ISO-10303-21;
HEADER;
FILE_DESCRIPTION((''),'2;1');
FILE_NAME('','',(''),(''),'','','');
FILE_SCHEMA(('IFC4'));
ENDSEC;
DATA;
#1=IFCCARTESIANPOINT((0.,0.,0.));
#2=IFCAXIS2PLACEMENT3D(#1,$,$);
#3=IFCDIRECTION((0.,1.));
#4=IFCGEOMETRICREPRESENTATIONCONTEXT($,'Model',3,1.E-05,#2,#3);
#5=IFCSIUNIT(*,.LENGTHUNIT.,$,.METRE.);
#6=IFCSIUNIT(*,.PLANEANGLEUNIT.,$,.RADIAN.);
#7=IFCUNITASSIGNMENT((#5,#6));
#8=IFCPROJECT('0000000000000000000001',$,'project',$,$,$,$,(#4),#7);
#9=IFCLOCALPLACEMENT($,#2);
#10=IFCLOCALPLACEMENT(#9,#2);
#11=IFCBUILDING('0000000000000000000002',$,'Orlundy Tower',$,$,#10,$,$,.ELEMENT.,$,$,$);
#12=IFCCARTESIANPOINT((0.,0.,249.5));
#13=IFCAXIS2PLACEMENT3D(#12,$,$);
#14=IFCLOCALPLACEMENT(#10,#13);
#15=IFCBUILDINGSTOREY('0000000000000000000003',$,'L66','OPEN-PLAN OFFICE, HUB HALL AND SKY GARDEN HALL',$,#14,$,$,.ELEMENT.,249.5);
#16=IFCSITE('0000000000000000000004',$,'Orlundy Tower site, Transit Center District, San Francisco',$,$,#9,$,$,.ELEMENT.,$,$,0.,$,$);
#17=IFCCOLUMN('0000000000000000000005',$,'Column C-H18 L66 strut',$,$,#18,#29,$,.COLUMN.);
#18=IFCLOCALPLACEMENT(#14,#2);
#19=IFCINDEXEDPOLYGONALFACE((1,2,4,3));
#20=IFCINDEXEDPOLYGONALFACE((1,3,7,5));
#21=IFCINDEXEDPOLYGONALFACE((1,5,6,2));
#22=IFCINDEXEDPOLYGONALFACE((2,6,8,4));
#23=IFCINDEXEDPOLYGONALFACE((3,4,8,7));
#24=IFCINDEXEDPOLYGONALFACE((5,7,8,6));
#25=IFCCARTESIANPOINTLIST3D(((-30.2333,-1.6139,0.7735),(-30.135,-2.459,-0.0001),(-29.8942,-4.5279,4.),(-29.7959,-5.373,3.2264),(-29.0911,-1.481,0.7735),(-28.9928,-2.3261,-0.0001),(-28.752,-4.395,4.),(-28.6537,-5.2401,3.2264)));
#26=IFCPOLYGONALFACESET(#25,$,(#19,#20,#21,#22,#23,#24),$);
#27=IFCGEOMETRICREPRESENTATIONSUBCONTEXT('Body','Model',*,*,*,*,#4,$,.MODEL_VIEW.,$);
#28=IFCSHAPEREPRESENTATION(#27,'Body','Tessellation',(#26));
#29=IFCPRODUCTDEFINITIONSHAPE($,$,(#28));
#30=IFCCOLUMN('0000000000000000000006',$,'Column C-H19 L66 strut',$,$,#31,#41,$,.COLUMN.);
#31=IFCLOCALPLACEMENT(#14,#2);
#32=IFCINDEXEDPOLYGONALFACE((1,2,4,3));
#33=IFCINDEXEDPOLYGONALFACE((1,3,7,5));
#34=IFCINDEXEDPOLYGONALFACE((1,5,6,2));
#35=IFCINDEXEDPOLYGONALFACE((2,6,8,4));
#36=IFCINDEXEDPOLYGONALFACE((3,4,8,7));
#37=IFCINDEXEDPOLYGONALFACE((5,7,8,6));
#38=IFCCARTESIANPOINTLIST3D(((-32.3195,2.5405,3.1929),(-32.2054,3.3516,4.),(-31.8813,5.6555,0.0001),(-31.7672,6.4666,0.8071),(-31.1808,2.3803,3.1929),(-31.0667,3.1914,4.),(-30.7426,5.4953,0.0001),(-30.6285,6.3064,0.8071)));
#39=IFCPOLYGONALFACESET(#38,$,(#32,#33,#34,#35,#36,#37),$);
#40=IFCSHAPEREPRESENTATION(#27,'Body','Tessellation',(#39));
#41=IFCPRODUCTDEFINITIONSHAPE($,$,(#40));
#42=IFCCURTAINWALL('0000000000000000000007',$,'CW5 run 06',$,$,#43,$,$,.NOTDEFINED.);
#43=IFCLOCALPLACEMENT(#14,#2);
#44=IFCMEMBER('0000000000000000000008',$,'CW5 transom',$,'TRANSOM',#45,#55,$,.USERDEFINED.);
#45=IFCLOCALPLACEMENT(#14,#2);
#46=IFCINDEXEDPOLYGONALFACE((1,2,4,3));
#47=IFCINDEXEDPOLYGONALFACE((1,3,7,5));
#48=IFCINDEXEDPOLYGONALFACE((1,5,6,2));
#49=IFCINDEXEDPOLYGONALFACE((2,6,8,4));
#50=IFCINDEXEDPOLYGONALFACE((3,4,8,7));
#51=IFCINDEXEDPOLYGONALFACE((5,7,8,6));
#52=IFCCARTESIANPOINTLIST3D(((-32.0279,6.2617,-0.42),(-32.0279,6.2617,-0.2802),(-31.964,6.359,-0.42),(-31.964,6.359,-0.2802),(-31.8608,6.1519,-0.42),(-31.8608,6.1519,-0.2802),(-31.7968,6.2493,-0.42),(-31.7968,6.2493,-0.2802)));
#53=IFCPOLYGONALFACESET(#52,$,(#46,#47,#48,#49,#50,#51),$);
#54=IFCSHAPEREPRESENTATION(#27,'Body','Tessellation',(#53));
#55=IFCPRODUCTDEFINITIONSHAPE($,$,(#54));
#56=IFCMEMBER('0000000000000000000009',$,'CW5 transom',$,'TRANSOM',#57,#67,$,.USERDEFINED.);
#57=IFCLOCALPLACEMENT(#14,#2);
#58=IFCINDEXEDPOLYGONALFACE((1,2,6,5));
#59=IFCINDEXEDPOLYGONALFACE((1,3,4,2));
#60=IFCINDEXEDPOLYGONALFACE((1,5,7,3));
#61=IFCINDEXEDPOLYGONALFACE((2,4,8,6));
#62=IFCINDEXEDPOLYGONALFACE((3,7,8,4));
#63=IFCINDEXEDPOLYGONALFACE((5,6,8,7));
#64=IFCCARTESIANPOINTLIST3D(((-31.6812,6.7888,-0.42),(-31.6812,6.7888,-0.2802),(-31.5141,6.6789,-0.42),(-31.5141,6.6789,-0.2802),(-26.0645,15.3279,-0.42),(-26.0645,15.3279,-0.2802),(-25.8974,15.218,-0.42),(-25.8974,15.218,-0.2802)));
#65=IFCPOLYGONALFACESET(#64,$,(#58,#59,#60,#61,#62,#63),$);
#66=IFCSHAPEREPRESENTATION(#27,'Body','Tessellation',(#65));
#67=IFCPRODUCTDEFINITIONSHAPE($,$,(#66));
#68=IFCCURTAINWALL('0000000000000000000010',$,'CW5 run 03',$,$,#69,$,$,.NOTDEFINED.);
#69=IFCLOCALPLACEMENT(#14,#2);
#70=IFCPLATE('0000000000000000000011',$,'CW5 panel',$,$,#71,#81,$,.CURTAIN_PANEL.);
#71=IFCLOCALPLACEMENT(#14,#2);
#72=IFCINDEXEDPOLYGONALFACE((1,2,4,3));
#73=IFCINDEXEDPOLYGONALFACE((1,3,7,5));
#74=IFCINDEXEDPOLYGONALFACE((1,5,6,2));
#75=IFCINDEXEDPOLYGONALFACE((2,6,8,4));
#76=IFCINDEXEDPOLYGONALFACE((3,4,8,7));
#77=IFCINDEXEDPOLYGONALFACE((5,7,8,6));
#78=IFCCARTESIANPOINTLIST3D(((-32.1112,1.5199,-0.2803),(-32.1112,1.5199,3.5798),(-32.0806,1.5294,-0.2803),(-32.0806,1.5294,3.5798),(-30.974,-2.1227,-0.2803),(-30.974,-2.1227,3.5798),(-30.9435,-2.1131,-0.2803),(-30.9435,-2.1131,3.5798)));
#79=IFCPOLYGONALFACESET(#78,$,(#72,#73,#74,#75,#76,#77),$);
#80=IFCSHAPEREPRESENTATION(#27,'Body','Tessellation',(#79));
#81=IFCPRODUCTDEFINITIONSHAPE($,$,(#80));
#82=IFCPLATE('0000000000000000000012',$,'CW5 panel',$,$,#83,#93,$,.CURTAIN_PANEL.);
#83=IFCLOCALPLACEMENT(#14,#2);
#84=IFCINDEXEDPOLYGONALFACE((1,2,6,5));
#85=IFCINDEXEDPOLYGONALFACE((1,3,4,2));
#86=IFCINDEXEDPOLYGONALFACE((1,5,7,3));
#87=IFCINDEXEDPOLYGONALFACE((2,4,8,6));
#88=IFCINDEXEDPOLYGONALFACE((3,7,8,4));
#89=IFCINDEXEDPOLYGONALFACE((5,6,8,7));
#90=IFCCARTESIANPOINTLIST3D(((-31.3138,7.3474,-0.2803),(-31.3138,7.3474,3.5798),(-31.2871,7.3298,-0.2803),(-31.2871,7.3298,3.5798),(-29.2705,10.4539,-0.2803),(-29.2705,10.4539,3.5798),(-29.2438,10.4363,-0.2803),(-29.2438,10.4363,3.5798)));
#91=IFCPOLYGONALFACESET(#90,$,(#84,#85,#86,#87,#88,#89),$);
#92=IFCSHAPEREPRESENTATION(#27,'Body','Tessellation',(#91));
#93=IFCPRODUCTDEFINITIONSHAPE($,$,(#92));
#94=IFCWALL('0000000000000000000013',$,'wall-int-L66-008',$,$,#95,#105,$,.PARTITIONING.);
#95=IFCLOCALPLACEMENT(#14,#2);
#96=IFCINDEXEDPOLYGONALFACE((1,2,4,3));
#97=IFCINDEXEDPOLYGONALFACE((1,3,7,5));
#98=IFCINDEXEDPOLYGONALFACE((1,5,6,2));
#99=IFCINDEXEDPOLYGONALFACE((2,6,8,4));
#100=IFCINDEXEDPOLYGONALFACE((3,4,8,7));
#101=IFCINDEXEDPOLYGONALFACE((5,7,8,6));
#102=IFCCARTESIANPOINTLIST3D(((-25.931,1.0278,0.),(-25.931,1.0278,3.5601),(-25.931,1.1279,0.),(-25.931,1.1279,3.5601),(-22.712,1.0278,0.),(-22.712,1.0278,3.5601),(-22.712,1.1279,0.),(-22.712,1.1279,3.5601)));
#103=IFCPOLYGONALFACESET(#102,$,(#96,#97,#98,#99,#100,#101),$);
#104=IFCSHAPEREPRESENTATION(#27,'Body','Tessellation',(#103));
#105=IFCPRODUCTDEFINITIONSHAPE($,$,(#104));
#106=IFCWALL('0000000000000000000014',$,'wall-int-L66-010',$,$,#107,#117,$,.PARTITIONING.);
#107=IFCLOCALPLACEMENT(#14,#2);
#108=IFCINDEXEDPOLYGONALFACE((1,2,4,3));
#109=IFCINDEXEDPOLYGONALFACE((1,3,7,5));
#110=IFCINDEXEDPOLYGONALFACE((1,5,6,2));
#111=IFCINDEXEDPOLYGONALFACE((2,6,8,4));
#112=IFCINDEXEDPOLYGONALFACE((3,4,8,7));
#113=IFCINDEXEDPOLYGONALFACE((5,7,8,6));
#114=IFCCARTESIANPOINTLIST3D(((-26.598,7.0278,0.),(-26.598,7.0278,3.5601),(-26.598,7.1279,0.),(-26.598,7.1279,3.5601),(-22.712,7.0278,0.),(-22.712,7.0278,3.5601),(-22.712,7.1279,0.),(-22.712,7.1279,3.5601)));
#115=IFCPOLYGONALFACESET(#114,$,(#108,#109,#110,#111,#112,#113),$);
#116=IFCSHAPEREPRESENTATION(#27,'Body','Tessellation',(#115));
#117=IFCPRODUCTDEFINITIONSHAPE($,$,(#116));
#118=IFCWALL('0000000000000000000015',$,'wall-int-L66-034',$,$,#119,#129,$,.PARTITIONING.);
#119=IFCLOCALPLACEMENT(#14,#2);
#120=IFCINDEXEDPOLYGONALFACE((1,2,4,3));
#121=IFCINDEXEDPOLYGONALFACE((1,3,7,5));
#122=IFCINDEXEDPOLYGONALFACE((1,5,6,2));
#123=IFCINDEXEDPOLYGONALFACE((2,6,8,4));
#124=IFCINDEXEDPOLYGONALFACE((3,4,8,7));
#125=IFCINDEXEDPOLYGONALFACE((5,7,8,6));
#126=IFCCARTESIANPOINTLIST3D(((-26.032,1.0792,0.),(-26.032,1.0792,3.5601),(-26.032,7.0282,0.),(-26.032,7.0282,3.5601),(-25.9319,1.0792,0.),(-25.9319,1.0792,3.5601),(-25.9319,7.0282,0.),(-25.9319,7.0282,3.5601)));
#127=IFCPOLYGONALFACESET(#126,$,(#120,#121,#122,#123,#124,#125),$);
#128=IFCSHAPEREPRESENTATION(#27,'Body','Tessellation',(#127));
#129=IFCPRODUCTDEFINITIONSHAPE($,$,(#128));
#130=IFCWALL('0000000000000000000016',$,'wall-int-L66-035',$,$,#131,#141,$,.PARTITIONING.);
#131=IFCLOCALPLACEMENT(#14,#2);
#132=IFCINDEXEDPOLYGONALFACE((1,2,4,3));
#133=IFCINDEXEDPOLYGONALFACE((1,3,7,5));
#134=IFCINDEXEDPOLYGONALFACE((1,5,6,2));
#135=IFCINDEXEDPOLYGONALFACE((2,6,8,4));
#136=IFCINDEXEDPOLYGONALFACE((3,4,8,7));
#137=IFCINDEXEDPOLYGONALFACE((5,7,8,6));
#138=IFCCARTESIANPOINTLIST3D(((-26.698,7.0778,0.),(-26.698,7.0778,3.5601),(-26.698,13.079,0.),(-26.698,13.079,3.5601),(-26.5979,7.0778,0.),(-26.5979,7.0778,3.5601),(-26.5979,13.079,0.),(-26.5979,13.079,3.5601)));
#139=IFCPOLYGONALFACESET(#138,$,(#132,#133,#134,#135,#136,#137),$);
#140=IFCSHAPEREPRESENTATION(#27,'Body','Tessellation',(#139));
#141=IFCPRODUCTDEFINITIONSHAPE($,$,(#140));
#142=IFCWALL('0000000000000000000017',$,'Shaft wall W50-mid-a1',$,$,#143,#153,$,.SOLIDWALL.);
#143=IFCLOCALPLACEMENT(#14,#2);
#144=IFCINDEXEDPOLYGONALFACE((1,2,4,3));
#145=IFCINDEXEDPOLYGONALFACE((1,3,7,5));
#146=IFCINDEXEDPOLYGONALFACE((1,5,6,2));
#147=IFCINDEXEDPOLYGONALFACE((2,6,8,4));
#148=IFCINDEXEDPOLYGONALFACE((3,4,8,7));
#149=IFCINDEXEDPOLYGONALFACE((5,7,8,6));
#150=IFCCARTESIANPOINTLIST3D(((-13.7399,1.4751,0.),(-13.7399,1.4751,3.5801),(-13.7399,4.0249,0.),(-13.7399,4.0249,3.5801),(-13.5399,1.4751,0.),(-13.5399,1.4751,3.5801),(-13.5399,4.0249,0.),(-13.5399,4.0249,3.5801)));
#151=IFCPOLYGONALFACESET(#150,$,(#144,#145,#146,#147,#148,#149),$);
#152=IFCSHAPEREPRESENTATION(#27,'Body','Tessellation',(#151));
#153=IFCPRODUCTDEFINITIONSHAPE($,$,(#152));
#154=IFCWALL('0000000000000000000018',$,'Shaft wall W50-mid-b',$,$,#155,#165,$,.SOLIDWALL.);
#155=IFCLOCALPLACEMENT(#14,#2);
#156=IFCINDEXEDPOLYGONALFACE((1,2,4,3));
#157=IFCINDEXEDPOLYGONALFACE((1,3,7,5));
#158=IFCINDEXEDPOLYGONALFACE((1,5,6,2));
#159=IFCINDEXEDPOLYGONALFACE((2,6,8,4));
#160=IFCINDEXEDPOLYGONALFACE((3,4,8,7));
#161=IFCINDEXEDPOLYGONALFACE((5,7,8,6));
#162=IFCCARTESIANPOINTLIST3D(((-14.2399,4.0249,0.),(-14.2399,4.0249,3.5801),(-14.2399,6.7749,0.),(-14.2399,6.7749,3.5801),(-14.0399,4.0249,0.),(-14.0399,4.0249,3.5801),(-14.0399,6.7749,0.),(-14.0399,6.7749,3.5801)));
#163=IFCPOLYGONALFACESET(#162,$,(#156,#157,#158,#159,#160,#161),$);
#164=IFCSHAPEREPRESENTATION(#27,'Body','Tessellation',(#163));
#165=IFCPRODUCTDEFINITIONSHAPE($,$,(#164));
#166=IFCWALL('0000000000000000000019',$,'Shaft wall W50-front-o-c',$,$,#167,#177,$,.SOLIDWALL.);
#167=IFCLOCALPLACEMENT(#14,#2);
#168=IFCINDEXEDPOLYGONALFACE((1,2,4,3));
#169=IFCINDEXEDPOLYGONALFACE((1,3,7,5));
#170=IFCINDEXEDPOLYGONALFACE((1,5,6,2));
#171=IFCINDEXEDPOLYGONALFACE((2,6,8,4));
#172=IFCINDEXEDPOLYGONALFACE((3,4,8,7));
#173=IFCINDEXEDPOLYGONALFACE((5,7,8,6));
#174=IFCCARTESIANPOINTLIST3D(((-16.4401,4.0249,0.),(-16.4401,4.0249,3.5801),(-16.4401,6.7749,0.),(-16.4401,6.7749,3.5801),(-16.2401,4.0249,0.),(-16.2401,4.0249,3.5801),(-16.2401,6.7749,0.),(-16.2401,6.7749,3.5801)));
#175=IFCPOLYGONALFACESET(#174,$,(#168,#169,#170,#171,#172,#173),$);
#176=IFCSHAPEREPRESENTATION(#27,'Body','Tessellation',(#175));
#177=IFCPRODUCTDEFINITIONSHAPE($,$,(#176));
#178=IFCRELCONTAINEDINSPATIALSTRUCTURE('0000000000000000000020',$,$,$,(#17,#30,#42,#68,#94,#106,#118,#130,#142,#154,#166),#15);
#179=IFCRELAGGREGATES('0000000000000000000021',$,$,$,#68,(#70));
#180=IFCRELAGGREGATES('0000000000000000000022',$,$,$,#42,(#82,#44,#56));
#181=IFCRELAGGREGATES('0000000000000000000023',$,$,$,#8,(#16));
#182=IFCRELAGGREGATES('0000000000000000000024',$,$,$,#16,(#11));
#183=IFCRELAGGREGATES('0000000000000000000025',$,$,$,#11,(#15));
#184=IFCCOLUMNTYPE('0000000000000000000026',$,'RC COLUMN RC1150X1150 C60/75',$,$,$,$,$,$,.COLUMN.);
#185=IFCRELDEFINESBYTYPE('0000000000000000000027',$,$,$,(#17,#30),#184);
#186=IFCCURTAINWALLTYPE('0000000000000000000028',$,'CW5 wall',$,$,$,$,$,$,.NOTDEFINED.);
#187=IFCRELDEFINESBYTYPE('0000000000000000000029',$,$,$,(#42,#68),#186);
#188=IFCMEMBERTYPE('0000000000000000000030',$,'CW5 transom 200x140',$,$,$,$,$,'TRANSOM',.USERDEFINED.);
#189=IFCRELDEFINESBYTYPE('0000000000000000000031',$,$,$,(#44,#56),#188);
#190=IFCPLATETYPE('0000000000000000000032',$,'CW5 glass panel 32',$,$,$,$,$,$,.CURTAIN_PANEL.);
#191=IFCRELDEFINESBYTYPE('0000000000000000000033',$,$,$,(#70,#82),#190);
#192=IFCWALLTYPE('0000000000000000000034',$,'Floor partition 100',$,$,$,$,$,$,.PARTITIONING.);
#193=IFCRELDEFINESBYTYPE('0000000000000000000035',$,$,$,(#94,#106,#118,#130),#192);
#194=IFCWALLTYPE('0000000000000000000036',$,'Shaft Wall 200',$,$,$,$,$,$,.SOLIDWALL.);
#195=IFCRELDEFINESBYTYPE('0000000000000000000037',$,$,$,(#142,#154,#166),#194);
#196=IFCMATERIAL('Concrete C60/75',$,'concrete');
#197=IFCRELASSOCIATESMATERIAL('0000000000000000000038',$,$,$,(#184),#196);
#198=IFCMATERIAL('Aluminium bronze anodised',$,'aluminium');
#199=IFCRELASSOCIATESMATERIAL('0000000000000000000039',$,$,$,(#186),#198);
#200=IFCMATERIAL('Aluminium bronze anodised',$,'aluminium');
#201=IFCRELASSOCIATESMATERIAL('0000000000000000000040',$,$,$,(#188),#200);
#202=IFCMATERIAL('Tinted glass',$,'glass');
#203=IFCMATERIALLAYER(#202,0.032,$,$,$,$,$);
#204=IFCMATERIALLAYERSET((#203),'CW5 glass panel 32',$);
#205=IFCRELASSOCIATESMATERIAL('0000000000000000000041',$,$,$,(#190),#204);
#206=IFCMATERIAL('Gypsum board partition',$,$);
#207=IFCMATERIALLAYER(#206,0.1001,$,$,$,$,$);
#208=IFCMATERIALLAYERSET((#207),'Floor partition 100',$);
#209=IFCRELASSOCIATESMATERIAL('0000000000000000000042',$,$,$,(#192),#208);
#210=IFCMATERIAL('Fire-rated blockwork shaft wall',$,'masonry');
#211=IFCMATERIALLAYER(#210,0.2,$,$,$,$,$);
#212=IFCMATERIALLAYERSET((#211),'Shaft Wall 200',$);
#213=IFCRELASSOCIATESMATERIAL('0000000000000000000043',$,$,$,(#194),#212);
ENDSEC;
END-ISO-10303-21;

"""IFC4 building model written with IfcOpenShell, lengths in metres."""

from ifc_helpers import new_model, si_unit, direction, frame, frame_2d, origin, origin_2d, place, context, subcontext, project, spatial, rectangle, extrude, material, layer, layer_set, material_profile, profile_set, type_object, element, aggregate, save


model = new_model("IFC4")

# Units and contexts
model_context = context("Model", 3, precision=1e-05, world=origin(), true_north=direction((0.0, 1.0)))
body_context = subcontext(model_context, "Body", "Model", "MODEL_VIEW")
ifc_project = project(units=[si_unit("LENGTHUNIT", "METRE"), si_unit("PLANEANGLEUNIT", "RADIAN")], contexts=[model_context])

# Site, building, storey
site_placement = place(None, origin())
site = spatial("IfcSite", under=ifc_project, at=site_placement, Name="Orlundy Tower site, Transit Center District, San Francisco", CompositionType="ELEMENT", RefElevation=0.0)
building_placement = place(site_placement, origin())
building = spatial("IfcBuilding", under=site, at=building_placement, Name="Orlundy Tower", CompositionType="ELEMENT")
storey_placement = place(building_placement, frame((0.0, 0.0, 249.5)))
storey = spatial("IfcBuildingStorey", under=building, at=storey_placement, Name="L66", Description="OPEN-PLAN OFFICE, HUB HALL AND SKY GARDEN HALL", CompositionType="ELEMENT", Elevation=249.5)

# Columns
ifc_material_1 = material(Name="Concrete C60/75", Category="concrete")
ifc_material_profile_1 = material_profile(ifc_material_1, rectangle(XDim=1.1499, YDim=1.1499, at=origin_2d()), Name="RC1150X1150")
ifc_profile_set_1 = profile_set([ifc_material_profile_1], Name="Concrete C60/75")
column_type = type_object("IfcColumnType", Name="RC COLUMN RC1150X1150 C60/75", PredefinedType="COLUMN", material=ifc_profile_set_1)
column_1_placement = place(storey_placement, frame((-29.613, -1.97, 0.3867), z_axis=(0.077762, -0.668225, 0.739884), x_axis=(0.993297, 0.115591, 0.0)))
element("IfcColumn", 1, at=column_1_placement, inside=storey, type_object=column_type, Name="Column C-H18 L66 strut", PredefinedType="COLUMN", context=body_context, shape_type="SweptSolid", body=[
    extrude(rectangle(XDim=1.1499, YDim=1.1499, at=origin_2d()), origin(), (0.0, 0.0, 1.0), 4.3608),
])
column_2_placement = place(storey_placement, frame((-31.2549, 5.981, 0.4036), z_axis=(-0.097773, -0.694977, 0.712353), x_axis=(0.990248, -0.139313, 0.0)))
element("IfcColumn", 2, at=column_2_placement, inside=storey, type_object=column_type, Name="Column C-H19 L66 strut", PredefinedType="COLUMN", context=body_context, shape_type="SweptSolid", body=[
    extrude(rectangle(XDim=1.1499, YDim=1.1499, at=origin_2d()), origin(), (0.0, 0.0, 1.0), 4.4822),
])

# Curtain wall, members
ifc_material_2 = material(Name="Aluminium bronze anodised", Category="aluminium")
curtain_wall_type = type_object("IfcCurtainWallType", Name="CW5 wall", PredefinedType="NOTDEFINED", material=ifc_material_2)
curtain_wall_1_placement = place(storey_placement, origin())
curtain_wall_1 = element("IfcCurtainWall", 3, at=curtain_wall_1_placement, inside=storey, type_object=curtain_wall_type, Name="CW5 run 06", PredefinedType="NOTDEFINED")
ifc_material_3 = material(Name="Aluminium bronze anodised", Category="aluminium")
ifc_material_profile_2 = material_profile(ifc_material_3, rectangle(XDim=0.2, YDim=0.1399, at=origin_2d()), Name="CW5 transom 200x140")
ifc_profile_set_2 = profile_set([ifc_material_profile_2], Name="Aluminium bronze anodised")
member_type = type_object("IfcMemberType", Name="CW5 transom 200x140", ElementType="TRANSOM", PredefinedType="USERDEFINED", material=ifc_profile_set_2)
member_1_placement = place(storey_placement, frame((-31.9443, 6.2068, -0.3501), z_axis=(0.548885, 0.835898, 0.0), x_axis=(-0.835898, 0.548885, 0.0)))
member_1 = element("IfcMember", 4, at=member_1_placement, type_object=member_type, Name="CW5 transom", ObjectType="TRANSOM", PredefinedType="USERDEFINED", context=body_context, shape_type="SweptSolid", body=[
    extrude(rectangle(XDim=0.2, YDim=0.1399, at=origin_2d()), origin(), (0.0, 0.0, 1.0), 0.1165),
])
member_2_placement = place(storey_placement, frame((-31.5977, 6.7339, -0.3501), z_axis=(0.549541, 0.835467, 0.0), x_axis=(-0.835467, 0.549541, 0.0)))
member_2 = element("IfcMember", 5, at=member_2_placement, type_object=member_type, Name="CW5 transom", ObjectType="TRANSOM", PredefinedType="USERDEFINED", context=body_context, shape_type="SweptSolid", body=[
    extrude(rectangle(XDim=0.2, YDim=0.1399, at=origin_2d()), origin(), (0.0, 0.0, 1.0), 10.2207),
])

# Curtain wall, plate
curtain_wall_2_placement = place(storey_placement, origin())
curtain_wall_2 = element("IfcCurtainWall", 6, at=curtain_wall_2_placement, inside=storey, type_object=curtain_wall_type, Name="CW5 run 03", PredefinedType="NOTDEFINED")
ifc_material_4 = material(Name="Tinted glass", Category="glass")
ifc_layer_1 = layer(ifc_material_4, 0.032)
ifc_layer_set_1 = layer_set([ifc_layer_1], Name="CW5 glass panel 32")
plate_type = type_object("IfcPlateType", Name="CW5 glass panel 32", PredefinedType="CURTAIN_PANEL", material=ifc_layer_set_1)
plate_1_placement = place(storey_placement, frame((-31.5273, -0.2966, -0.2803), z_axis=(0.0, 0.0, 1.0), x_axis=(-0.297994, 0.954568, 0.0)))
plate_1 = element("IfcPlate", 7, at=plate_1_placement, type_object=plate_type, Name="CW5 panel", PredefinedType="CURTAIN_PANEL", context=body_context, shape_type="SweptSolid", body=[
    extrude(rectangle(XDim=3.8159, YDim=0.032, at=origin_2d()), origin(), (0.0, 0.0, 1.0), 3.8601),
])
aggregate(curtain_wall_2, [plate_1])

# Plate
plate_2_placement = place(storey_placement, frame((-30.2788, 8.8918, -0.2803), z_axis=(0.0, 0.0, 1.0), x_axis=(0.549543, 0.835466, 0.0)))
plate_2 = element("IfcPlate", 8, at=plate_2_placement, type_object=plate_type, Name="CW5 panel", PredefinedType="CURTAIN_PANEL", context=body_context, shape_type="SweptSolid", body=[
    extrude(rectangle(XDim=3.7183, YDim=0.032, at=origin_2d()), origin(), (0.0, 0.0, 1.0), 3.8601),
])
aggregate(curtain_wall_1, [plate_2, member_1, member_2])

# Walls
ifc_material_5 = material(Name="Gypsum board partition")
ifc_layer_2 = layer(ifc_material_5, 0.1001)
ifc_layer_set_2 = layer_set([ifc_layer_2], Name="Floor partition 100")
wall_type_1 = type_object("IfcWallType", Name="Floor partition 100", PredefinedType="PARTITIONING", material=ifc_layer_set_2)
wall_1_placement = place(storey_placement, frame((-25.9309, 1.0779, 0.0), z_axis=(0.0, 0.0, 1.0), x_axis=(1.0, 0.0, 0.0)))
element("IfcWall", 9, at=wall_1_placement, inside=storey, type_object=wall_type_1, Name="wall-int-L66-008", PredefinedType="PARTITIONING", context=body_context, shape_type="SweptSolid", body=[
    extrude(rectangle(XDim=3.219, YDim=0.1001, at=frame_2d((1.6094, 0.0))), origin(), (0.0, 0.0, 1.0), 3.5601),
])
wall_2_placement = place(storey_placement, frame((-26.5979, 7.0779, 0.0), z_axis=(0.0, 0.0, 1.0), x_axis=(1.0, 0.0, 0.0)))
element("IfcWall", 10, at=wall_2_placement, inside=storey, type_object=wall_type_1, Name="wall-int-L66-010", PredefinedType="PARTITIONING", context=body_context, shape_type="SweptSolid", body=[
    extrude(rectangle(XDim=3.886, YDim=0.1001, at=frame_2d((1.9429, 0.0))), origin(), (0.0, 0.0, 1.0), 3.5601),
])
wall_3_placement = place(storey_placement, frame((-25.9819, 1.0791, 0.0), z_axis=(0.0, 0.0, 1.0), x_axis=(0.0, 1.0, 0.0)))
element("IfcWall", 11, at=wall_3_placement, inside=storey, type_object=wall_type_1, Name="wall-int-L66-034", PredefinedType="PARTITIONING", context=body_context, shape_type="SweptSolid", body=[
    extrude(rectangle(XDim=5.949, YDim=0.1001, at=frame_2d((2.9746, 0.0))), origin(), (0.0, 0.0, 1.0), 3.5601),
])
wall_4_placement = place(storey_placement, frame((-26.6479, 7.0779, 0.0), z_axis=(0.0, 0.0, 1.0), x_axis=(0.0, 1.0, 0.0)))
element("IfcWall", 12, at=wall_4_placement, inside=storey, type_object=wall_type_1, Name="wall-int-L66-035", PredefinedType="PARTITIONING", context=body_context, shape_type="SweptSolid", body=[
    extrude(rectangle(XDim=6.0012, YDim=0.1001, at=frame_2d((3.0005, 0.0))), origin(), (0.0, 0.0, 1.0), 3.5601),
])
ifc_material_6 = material(Name="Fire-rated blockwork shaft wall", Category="masonry")
ifc_layer_3 = layer(ifc_material_6, 0.2)
ifc_layer_set_3 = layer_set([ifc_layer_3], Name="Shaft Wall 200")
wall_type_2 = type_object("IfcWallType", Name="Shaft Wall 200", PredefinedType="SOLIDWALL", material=ifc_layer_set_3)
wall_5_placement = place(storey_placement, frame((-13.6399, 1.4751, 0.0), z_axis=(0.0, 0.0, 1.0), x_axis=(0.0, 1.0, 0.0)))
element("IfcWall", 13, at=wall_5_placement, inside=storey, type_object=wall_type_2, Name="Shaft wall W50-mid-a1", PredefinedType="SOLIDWALL", context=body_context, shape_type="SweptSolid", body=[
    extrude(rectangle(XDim=2.5498, YDim=0.2, at=frame_2d((1.2749, 0.0))), origin(), (0.0, 0.0, 1.0), 3.5801),
])
for number, where, z_axis, x_axis, name in (
    (14, (-14.1399, 4.0249, 0.0), (0.0, 0.0, 1.0), (0.0, 1.0, 0.0), "Shaft wall W50-mid-b"),
    (15, (-16.3401, 4.0249, 0.0), (0.0, 0.0, 1.0), (0.0, 1.0, 0.0), "Shaft wall W50-front-o-c"),
):
    element("IfcWall", number, at=place(storey_placement, frame(where, z_axis=z_axis, x_axis=x_axis)), inside=storey, type_object=wall_type_2, Name=name, PredefinedType="SOLIDWALL", context=body_context, shape_type="SweptSolid", body=[
        extrude(rectangle(XDim=2.75, YDim=0.2, at=frame_2d((1.375, 0.0))), origin(), (0.0, 0.0, 1.0), 3.5801),
    ])

save(model, "model.ifc")
